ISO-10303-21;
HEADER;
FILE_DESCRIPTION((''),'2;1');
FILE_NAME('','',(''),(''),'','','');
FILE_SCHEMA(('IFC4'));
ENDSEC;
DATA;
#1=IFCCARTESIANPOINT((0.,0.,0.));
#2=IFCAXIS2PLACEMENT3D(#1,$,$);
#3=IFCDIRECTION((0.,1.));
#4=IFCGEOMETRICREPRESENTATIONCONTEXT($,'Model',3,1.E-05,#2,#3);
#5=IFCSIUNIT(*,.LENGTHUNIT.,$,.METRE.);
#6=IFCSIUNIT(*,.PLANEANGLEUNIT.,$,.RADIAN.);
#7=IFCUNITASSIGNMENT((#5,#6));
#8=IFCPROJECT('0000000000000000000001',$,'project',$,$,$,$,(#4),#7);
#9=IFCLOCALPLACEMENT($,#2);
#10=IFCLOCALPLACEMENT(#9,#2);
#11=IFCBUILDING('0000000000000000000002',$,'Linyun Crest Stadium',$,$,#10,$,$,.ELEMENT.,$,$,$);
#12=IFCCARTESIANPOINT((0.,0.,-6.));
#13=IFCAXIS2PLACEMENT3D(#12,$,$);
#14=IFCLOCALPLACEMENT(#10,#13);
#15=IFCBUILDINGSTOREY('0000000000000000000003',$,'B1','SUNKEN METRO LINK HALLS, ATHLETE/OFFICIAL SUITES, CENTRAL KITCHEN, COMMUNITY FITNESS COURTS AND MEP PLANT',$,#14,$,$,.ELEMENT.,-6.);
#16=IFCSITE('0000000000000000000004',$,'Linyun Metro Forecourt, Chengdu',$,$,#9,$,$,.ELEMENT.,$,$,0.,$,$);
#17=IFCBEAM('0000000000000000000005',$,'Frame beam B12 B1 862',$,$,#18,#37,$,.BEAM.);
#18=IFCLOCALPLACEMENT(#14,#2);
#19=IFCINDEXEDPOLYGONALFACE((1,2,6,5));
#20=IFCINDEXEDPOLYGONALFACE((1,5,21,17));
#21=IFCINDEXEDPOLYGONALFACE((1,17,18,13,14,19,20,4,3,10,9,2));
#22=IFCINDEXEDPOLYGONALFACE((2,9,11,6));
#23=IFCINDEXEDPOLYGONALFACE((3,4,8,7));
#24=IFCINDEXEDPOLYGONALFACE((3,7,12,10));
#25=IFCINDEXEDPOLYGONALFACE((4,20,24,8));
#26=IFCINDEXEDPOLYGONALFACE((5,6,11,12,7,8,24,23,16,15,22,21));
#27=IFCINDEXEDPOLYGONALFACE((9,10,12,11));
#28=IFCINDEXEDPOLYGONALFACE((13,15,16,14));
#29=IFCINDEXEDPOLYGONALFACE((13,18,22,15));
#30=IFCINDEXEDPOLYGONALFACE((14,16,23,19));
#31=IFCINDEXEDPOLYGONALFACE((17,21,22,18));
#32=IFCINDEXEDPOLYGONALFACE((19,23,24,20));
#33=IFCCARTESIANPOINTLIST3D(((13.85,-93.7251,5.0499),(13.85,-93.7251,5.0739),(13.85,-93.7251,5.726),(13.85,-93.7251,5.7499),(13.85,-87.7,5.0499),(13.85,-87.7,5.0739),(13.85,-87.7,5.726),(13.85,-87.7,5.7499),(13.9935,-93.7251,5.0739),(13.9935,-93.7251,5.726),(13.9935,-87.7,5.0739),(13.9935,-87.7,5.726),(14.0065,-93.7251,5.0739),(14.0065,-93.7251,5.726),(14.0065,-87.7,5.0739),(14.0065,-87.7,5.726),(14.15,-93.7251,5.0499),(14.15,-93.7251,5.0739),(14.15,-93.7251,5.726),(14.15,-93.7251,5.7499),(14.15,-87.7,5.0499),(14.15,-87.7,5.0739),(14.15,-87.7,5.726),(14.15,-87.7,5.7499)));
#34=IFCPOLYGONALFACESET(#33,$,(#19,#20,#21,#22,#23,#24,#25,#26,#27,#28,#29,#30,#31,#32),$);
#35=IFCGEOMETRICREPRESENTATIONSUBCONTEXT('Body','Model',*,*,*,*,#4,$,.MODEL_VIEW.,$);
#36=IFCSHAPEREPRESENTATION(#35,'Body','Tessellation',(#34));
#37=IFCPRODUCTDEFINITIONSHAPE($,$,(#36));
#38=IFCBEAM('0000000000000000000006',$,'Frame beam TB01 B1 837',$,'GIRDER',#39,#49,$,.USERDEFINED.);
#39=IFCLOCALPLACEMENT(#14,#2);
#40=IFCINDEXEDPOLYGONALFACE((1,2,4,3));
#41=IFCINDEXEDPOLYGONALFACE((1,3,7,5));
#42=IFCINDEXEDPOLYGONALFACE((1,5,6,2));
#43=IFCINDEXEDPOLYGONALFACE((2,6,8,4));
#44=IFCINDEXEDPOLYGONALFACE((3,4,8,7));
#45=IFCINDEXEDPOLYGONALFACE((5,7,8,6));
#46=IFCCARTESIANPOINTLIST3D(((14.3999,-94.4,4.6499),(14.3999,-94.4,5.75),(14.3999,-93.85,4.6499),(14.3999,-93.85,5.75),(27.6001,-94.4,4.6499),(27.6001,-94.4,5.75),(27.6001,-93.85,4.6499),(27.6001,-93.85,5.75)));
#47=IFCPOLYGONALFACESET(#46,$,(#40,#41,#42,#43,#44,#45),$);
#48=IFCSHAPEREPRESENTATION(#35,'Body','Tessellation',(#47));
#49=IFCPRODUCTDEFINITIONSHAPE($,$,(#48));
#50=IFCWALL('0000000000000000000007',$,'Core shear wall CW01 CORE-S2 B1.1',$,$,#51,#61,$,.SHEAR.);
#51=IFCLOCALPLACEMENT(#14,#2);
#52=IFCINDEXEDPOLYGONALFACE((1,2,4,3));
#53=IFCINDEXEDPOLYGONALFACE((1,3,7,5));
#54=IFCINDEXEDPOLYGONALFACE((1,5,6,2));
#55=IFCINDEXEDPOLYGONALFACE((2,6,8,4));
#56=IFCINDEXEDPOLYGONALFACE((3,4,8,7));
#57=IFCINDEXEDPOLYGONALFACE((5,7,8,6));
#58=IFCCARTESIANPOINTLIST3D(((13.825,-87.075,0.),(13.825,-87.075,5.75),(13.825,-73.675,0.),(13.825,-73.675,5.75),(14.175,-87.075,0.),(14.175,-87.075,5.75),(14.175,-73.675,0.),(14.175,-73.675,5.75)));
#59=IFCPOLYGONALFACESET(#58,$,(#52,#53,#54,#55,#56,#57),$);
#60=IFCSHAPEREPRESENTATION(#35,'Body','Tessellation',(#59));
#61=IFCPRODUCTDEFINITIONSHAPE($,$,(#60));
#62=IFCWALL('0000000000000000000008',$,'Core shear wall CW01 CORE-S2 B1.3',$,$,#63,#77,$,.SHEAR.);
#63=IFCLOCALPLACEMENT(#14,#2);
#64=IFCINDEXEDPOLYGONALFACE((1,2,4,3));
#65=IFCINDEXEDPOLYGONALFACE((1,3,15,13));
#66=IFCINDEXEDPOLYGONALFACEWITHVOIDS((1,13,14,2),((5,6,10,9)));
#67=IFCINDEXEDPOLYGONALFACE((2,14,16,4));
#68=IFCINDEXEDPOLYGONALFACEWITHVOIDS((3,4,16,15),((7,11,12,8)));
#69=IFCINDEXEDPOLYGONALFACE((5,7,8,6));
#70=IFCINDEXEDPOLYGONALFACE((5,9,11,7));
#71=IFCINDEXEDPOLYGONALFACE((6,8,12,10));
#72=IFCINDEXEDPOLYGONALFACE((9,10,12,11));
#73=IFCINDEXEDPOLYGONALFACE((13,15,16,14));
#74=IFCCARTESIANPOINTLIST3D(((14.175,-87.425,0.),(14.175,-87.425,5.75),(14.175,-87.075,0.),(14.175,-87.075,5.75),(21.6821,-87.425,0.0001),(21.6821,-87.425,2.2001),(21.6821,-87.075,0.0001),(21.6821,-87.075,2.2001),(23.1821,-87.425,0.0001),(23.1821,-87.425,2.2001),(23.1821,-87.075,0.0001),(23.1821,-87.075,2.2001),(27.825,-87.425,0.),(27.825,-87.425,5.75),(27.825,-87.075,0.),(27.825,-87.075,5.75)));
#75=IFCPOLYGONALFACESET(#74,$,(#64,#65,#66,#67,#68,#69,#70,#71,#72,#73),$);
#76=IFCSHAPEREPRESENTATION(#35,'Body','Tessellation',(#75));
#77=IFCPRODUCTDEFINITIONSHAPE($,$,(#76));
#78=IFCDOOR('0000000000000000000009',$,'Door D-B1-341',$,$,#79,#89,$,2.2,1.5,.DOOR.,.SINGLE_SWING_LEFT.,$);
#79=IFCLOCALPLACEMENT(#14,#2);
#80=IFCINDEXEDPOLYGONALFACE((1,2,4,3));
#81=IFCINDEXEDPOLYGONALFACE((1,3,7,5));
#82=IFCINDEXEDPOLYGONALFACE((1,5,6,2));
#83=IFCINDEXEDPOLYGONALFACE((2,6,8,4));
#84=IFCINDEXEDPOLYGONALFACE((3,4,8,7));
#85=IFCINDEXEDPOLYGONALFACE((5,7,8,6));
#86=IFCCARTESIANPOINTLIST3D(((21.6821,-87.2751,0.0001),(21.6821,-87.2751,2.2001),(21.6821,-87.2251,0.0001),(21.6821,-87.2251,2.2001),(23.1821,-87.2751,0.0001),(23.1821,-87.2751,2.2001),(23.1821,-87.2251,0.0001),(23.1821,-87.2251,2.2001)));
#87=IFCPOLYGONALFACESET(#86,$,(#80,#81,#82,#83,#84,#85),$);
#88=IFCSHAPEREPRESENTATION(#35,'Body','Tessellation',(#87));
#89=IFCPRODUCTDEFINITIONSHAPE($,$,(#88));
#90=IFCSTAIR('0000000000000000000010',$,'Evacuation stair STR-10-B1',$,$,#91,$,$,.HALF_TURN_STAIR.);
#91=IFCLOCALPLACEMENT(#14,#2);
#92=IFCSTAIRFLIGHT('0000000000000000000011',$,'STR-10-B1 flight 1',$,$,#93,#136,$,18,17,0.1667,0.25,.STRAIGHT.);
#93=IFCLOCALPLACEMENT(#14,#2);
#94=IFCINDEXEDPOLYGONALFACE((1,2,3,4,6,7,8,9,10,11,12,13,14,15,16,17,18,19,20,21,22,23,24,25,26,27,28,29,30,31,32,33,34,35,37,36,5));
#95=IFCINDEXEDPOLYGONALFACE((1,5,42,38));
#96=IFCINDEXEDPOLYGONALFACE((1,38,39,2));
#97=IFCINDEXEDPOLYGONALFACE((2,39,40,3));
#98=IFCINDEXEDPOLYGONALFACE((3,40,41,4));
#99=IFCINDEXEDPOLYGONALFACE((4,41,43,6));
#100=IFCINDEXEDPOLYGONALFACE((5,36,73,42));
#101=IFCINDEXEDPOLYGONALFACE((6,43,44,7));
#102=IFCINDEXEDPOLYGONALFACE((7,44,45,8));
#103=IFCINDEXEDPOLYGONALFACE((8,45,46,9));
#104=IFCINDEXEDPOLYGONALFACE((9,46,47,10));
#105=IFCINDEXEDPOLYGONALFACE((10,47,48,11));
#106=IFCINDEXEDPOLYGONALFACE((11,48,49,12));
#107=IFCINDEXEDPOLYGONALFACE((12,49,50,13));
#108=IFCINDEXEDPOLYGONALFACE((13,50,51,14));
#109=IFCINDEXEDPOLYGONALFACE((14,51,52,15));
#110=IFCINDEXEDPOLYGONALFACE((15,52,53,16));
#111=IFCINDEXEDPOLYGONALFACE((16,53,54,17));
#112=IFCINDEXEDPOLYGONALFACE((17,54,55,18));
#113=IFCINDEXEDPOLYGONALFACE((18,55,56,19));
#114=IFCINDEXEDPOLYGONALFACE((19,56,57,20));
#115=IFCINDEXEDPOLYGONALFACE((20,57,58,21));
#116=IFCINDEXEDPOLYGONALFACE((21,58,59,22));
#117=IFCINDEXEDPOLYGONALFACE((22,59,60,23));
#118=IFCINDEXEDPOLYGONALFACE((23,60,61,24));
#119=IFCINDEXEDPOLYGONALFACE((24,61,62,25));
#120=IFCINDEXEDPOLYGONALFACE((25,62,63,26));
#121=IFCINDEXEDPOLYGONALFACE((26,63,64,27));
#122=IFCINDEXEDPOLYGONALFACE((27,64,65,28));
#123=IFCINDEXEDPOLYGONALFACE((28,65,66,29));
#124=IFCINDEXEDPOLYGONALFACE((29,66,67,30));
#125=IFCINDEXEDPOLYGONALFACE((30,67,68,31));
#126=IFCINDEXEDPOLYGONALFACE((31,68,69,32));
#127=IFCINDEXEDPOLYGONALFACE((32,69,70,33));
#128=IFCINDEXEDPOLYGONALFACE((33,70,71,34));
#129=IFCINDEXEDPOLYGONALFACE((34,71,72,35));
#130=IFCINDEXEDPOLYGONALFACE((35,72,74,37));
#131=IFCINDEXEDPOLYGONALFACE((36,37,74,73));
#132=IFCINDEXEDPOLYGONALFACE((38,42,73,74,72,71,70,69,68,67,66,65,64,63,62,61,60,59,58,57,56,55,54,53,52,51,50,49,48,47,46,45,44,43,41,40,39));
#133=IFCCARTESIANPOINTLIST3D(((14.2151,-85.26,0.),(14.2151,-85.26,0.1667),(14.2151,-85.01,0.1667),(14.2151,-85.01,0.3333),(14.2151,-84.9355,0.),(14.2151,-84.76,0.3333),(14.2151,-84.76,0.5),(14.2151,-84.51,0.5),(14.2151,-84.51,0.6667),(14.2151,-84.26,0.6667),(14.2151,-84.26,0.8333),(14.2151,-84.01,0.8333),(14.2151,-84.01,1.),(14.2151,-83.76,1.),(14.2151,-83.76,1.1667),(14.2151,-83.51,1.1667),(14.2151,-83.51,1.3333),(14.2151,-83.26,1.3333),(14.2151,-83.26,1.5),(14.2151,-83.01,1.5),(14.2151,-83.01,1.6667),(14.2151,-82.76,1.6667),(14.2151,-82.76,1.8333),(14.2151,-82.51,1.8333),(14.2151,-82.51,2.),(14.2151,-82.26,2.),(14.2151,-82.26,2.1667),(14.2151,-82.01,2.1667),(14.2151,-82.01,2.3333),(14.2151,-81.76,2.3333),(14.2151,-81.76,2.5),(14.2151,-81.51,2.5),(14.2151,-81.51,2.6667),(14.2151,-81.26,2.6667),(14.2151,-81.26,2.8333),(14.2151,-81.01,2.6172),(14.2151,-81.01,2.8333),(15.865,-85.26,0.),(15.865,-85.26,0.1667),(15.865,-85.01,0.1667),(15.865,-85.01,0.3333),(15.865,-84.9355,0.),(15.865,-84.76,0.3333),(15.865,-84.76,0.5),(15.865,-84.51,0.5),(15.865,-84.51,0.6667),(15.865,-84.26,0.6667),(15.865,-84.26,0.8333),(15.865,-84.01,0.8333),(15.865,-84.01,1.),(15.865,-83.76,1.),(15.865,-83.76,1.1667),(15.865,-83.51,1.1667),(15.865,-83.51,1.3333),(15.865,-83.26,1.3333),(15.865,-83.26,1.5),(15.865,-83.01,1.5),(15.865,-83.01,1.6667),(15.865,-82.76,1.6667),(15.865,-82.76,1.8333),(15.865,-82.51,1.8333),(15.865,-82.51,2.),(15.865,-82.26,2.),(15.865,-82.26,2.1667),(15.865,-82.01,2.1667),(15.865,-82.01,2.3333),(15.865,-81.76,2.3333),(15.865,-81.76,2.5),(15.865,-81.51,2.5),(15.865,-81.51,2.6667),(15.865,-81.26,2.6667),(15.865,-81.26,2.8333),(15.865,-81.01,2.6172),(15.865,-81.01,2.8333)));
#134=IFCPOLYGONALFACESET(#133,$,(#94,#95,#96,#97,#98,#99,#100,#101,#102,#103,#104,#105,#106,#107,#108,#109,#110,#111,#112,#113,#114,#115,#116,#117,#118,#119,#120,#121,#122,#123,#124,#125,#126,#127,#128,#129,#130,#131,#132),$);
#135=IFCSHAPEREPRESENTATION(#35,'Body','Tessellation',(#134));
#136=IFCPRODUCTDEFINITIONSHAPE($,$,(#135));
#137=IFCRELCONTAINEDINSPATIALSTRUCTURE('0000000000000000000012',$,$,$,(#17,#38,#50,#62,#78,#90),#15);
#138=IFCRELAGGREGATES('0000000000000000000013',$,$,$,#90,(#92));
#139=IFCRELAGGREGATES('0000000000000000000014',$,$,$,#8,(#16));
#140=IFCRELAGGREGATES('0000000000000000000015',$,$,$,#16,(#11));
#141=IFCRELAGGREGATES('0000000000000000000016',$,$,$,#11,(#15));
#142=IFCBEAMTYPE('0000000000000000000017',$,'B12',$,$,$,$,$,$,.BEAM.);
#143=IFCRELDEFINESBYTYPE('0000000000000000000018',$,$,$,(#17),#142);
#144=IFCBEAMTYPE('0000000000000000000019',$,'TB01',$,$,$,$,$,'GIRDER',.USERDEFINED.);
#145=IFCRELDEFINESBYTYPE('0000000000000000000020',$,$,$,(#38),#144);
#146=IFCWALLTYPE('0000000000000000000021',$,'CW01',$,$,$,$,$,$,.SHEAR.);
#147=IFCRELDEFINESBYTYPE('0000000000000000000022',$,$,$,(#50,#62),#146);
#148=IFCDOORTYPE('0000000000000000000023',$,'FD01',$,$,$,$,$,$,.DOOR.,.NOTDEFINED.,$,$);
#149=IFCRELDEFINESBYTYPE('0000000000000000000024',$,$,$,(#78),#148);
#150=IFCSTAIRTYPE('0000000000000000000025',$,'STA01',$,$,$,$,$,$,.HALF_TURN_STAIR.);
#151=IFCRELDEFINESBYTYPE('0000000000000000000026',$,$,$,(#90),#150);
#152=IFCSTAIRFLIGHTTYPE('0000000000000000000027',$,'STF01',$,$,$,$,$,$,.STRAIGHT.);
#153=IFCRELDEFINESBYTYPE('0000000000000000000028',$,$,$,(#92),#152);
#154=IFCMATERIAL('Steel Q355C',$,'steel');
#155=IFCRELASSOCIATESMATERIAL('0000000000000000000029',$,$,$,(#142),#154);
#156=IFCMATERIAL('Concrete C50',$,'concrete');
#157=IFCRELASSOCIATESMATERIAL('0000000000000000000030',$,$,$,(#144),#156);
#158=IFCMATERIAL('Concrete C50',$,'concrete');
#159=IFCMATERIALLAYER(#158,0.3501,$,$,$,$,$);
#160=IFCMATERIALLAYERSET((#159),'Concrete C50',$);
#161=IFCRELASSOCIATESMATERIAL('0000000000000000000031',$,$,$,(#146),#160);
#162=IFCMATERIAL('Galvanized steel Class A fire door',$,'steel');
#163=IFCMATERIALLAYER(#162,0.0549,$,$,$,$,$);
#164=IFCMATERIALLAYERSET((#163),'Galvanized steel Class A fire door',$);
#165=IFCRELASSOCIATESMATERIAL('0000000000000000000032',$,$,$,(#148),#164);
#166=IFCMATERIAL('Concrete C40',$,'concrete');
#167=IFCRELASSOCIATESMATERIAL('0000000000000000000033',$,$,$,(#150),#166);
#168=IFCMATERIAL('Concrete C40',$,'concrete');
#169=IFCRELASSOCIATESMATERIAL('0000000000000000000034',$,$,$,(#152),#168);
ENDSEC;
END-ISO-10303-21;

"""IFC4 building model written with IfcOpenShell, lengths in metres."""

from ifc_helpers import new_model, si_unit, direction, frame, frame_2d, origin, origin_2d, place, context, subcontext, project, spatial, polyline, rectangle, i_section, outline, extrude, material, layer, layer_set, material_profile, profile_set, type_object, element, fill, aggregate, save


model = new_model("IFC4")

# Units and contexts
model_context = context("Model", 3, precision=1e-05, world=origin(), true_north=direction((0.0, 1.0)))
body_context = subcontext(model_context, "Body", "Model", "MODEL_VIEW")
ifc_project = project(units=[si_unit("LENGTHUNIT", "METRE"), si_unit("PLANEANGLEUNIT", "RADIAN")], contexts=[model_context])

# Site, building, storey
site_placement = place(None, origin())
site = spatial("IfcSite", under=ifc_project, at=site_placement, Name="Linyun Metro Forecourt, Chengdu", CompositionType="ELEMENT", RefElevation=0.0)
building_placement = place(site_placement, origin())
building = spatial("IfcBuilding", under=site, at=building_placement, Name="Linyun Crest Stadium", CompositionType="ELEMENT")
storey_placement = place(building_placement, frame((0.0, 0.0, -6.0)))
storey = spatial("IfcBuildingStorey", under=building, at=storey_placement, Name="B1", Description="SUNKEN METRO LINK HALLS, ATHLETE/OFFICIAL SUITES, CENTRAL KITCHEN, COMMUNITY FITNESS COURTS AND MEP PLANT", CompositionType="ELEMENT", Elevation=-6.0)

# Beams
ifc_material_1 = material(Name="Steel Q355C", Category="steel")
ifc_material_profile_1 = material_profile(ifc_material_1, i_section(OverallWidth=0.3, OverallDepth=0.7, WebThickness=0.0129, FlangeThickness=0.0239, at=origin_2d()), Name="HN 700x300")
ifc_profile_set_1 = profile_set([ifc_material_profile_1], Name="Steel Q355C")
beam_type_1 = type_object("IfcBeamType", Name="B12", PredefinedType="BEAM", material=ifc_profile_set_1)
beam_1_placement = place(storey_placement, frame((14.0, -93.7251, 5.3999), z_axis=(0.0, 1.0, 0.0), x_axis=(-1.0, 0.0, 0.0)))
element("IfcBeam", 1, at=beam_1_placement, inside=storey, type_object=beam_type_1, Name="Frame beam B12 B1 862", PredefinedType="BEAM", context=body_context, shape_type="SweptSolid", body=[
    extrude(i_section(OverallWidth=0.3, OverallDepth=0.7, WebThickness=0.0129, FlangeThickness=0.0239, at=origin_2d()), origin(), (0.0, 0.0, 1.0), 6.0251),
])
ifc_material_2 = material(Name="Concrete C50", Category="concrete")
ifc_material_profile_2 = material_profile(ifc_material_2, rectangle(XDim=0.55, YDim=1.1001, at=origin_2d()), Name="RCB 1100x550")
ifc_profile_set_2 = profile_set([ifc_material_profile_2], Name="Concrete C50")
beam_type_2 = type_object("IfcBeamType", Name="TB01", ElementType="GIRDER", PredefinedType="USERDEFINED", material=ifc_profile_set_2)
beam_2_placement = place(storey_placement, frame((14.3999, -94.125, 5.2), z_axis=(1.0, 0.0, 0.0), x_axis=(0.0, 1.0, 0.0)))
element("IfcBeam", 2, at=beam_2_placement, inside=storey, type_object=beam_type_2, Name="Frame beam TB01 B1 837", ObjectType="GIRDER", PredefinedType="USERDEFINED", context=body_context, shape_type="SweptSolid", body=[
    extrude(rectangle(XDim=0.55, YDim=1.1001, at=origin_2d()), origin(), (0.0, 0.0, 1.0), 13.2002),
])

# Wall
ifc_material_3 = material(Name="Concrete C50", Category="concrete")
ifc_layer_1 = layer(ifc_material_3, 0.3501)
ifc_layer_set_1 = layer_set([ifc_layer_1], Name="Concrete C50")
wall_type = type_object("IfcWallType", Name="CW01", PredefinedType="SHEAR", material=ifc_layer_set_1)
wall_1_placement = place(storey_placement, frame((14.0, -87.075, 0.0), z_axis=(0.0, 0.0, 1.0), x_axis=(0.0, 1.0, 0.0)))
element("IfcWall", 3, at=wall_1_placement, inside=storey, type_object=wall_type, Name="Core shear wall CW01 CORE-S2 B1.1", PredefinedType="SHEAR", context=body_context, shape_type="SweptSolid", body=[
    extrude(rectangle(XDim=13.3999, YDim=0.3501, at=frame_2d((6.7, 0.0))), origin(), (0.0, 0.0, 1.0), 5.75),
])

# Wall, opening, door
wall_2_placement = place(storey_placement, frame((14.175, -87.25, 0.0), z_axis=(0.0, 0.0, 1.0), x_axis=(1.0, 0.0, 0.0)))
wall_2 = element("IfcWall", 4, at=wall_2_placement, inside=storey, type_object=wall_type, Name="Core shear wall CW01 CORE-S2 B1.3", PredefinedType="SHEAR", context=body_context, shape_type="SweptSolid", body=[
    extrude(rectangle(XDim=13.6499, YDim=0.3501, at=frame_2d((6.825, 0.0))), origin(), (0.0, 0.0, 1.0), 5.75),
])
opening_placement = place(wall_2_placement, frame((7.5071, 0.0, 0.0)))
opening = element("IfcOpeningElement", 5, at=opening_placement, cuts=wall_2, PredefinedType="OPENING", context=body_context, shape_type="SweptSolid", body=[
    extrude(rectangle(XDim=1.5, YDim=2.2, at=frame_2d((0.75, 1.1001))), frame((0.0, 0.1851, 0.0), z_axis=(0.0, -1.0, 0.0), x_axis=(1.0, 0.0, 0.0)), (0.0, 0.0, 1.0), 0.3701),
])
ifc_material_4 = material(Name="Galvanized steel Class A fire door", Category="steel")
ifc_layer_2 = layer(ifc_material_4, 0.0549)
ifc_layer_set_2 = layer_set([ifc_layer_2], Name="Galvanized steel Class A fire door")
door_type = type_object("IfcDoorType", Name="FD01", OperationType="NOTDEFINED", PredefinedType="DOOR", material=ifc_layer_set_2)
door_placement = place(opening_placement, origin())
door = element("IfcDoor", 6, at=door_placement, inside=storey, type_object=door_type, Name="Door D-B1-341", OperationType="SINGLE_SWING_LEFT", OverallHeight=2.2, OverallWidth=1.5, PredefinedType="DOOR", context=body_context, shape_type="SweptSolid", body=[
    extrude(rectangle(XDim=1.5, YDim=2.2, at=frame_2d((0.75, 1.1001))), frame((0.0, 0.0249, 0.0), z_axis=(0.0, -1.0, 0.0), x_axis=(1.0, 0.0, 0.0)), (0.0, 0.0, 1.0), 0.05),
])
fill(opening, door)

# Stair, stair flight
ifc_material_5 = material(Name="Concrete C40", Category="concrete")
stair_type = type_object("IfcStairType", Name="STA01", PredefinedType="HALF_TURN_STAIR", material=ifc_material_5)
stair_placement = place(storey_placement, origin())
stair = element("IfcStair", 7, at=stair_placement, inside=storey, type_object=stair_type, Name="Evacuation stair STR-10-B1", PredefinedType="HALF_TURN_STAIR")
ifc_material_6 = material(Name="Concrete C40", Category="concrete")
stair_flight_type = type_object("IfcStairFlightType", Name="STF01", PredefinedType="STRAIGHT", material=ifc_material_6)
stair_flight_placement = place(storey_placement, frame((15.04, -85.26, 0.0), z_axis=(0.0, 0.0, 1.0), x_axis=(0.0, 1.0, 0.0)))
stair_flight = element("IfcStairFlight", 8, at=stair_flight_placement, type_object=stair_flight_type, Name="STR-10-B1 flight 1", NumberOfRisers=18, NumberOfTreads=17, PredefinedType="STRAIGHT", RiserHeight=0.1667, TreadLength=0.25, context=body_context, shape_type="SweptSolid", body=[
    extrude(outline(polyline([(0.0, 0.0), (0.0, 0.1667), (0.25, 0.1667), (0.25, 0.3333), (0.5, 0.3333), (0.5, 0.5), (0.75, 0.5), (0.75, 0.6667), (1.0, 0.6667), (1.0, 0.8333), (1.25, 0.8333), (1.25, 1.0), (1.5, 1.0), (1.5, 1.1667), (1.75, 1.1667), (1.75, 1.3333), (2.0, 1.3333), (2.0, 1.5), (2.25, 1.5), (2.25, 1.6667), (2.5, 1.6667), (2.5, 1.8333), (2.75, 1.8333), (2.75, 2.0), (3.0, 2.0), (3.0, 2.1667), (3.25, 2.1667), (3.25, 2.3333), (3.5, 2.3333), (3.5, 2.5), (3.75, 2.5), (3.75, 2.6667), (4.0, 2.6667), (4.0, 2.8333), (4.25, 2.8333), (4.25, 3.0), (4.25, 2.6172), (0.3245, 0.0), (0.0, 0.0)])), frame((0.0, 0.825, 0.0), z_axis=(0.0, -1.0, 0.0), x_axis=(1.0, 0.0, 0.0)), (0.0, 0.0, 1.0), 1.6499),
])
aggregate(stair, [stair_flight])

save(model, "model.ifc")
